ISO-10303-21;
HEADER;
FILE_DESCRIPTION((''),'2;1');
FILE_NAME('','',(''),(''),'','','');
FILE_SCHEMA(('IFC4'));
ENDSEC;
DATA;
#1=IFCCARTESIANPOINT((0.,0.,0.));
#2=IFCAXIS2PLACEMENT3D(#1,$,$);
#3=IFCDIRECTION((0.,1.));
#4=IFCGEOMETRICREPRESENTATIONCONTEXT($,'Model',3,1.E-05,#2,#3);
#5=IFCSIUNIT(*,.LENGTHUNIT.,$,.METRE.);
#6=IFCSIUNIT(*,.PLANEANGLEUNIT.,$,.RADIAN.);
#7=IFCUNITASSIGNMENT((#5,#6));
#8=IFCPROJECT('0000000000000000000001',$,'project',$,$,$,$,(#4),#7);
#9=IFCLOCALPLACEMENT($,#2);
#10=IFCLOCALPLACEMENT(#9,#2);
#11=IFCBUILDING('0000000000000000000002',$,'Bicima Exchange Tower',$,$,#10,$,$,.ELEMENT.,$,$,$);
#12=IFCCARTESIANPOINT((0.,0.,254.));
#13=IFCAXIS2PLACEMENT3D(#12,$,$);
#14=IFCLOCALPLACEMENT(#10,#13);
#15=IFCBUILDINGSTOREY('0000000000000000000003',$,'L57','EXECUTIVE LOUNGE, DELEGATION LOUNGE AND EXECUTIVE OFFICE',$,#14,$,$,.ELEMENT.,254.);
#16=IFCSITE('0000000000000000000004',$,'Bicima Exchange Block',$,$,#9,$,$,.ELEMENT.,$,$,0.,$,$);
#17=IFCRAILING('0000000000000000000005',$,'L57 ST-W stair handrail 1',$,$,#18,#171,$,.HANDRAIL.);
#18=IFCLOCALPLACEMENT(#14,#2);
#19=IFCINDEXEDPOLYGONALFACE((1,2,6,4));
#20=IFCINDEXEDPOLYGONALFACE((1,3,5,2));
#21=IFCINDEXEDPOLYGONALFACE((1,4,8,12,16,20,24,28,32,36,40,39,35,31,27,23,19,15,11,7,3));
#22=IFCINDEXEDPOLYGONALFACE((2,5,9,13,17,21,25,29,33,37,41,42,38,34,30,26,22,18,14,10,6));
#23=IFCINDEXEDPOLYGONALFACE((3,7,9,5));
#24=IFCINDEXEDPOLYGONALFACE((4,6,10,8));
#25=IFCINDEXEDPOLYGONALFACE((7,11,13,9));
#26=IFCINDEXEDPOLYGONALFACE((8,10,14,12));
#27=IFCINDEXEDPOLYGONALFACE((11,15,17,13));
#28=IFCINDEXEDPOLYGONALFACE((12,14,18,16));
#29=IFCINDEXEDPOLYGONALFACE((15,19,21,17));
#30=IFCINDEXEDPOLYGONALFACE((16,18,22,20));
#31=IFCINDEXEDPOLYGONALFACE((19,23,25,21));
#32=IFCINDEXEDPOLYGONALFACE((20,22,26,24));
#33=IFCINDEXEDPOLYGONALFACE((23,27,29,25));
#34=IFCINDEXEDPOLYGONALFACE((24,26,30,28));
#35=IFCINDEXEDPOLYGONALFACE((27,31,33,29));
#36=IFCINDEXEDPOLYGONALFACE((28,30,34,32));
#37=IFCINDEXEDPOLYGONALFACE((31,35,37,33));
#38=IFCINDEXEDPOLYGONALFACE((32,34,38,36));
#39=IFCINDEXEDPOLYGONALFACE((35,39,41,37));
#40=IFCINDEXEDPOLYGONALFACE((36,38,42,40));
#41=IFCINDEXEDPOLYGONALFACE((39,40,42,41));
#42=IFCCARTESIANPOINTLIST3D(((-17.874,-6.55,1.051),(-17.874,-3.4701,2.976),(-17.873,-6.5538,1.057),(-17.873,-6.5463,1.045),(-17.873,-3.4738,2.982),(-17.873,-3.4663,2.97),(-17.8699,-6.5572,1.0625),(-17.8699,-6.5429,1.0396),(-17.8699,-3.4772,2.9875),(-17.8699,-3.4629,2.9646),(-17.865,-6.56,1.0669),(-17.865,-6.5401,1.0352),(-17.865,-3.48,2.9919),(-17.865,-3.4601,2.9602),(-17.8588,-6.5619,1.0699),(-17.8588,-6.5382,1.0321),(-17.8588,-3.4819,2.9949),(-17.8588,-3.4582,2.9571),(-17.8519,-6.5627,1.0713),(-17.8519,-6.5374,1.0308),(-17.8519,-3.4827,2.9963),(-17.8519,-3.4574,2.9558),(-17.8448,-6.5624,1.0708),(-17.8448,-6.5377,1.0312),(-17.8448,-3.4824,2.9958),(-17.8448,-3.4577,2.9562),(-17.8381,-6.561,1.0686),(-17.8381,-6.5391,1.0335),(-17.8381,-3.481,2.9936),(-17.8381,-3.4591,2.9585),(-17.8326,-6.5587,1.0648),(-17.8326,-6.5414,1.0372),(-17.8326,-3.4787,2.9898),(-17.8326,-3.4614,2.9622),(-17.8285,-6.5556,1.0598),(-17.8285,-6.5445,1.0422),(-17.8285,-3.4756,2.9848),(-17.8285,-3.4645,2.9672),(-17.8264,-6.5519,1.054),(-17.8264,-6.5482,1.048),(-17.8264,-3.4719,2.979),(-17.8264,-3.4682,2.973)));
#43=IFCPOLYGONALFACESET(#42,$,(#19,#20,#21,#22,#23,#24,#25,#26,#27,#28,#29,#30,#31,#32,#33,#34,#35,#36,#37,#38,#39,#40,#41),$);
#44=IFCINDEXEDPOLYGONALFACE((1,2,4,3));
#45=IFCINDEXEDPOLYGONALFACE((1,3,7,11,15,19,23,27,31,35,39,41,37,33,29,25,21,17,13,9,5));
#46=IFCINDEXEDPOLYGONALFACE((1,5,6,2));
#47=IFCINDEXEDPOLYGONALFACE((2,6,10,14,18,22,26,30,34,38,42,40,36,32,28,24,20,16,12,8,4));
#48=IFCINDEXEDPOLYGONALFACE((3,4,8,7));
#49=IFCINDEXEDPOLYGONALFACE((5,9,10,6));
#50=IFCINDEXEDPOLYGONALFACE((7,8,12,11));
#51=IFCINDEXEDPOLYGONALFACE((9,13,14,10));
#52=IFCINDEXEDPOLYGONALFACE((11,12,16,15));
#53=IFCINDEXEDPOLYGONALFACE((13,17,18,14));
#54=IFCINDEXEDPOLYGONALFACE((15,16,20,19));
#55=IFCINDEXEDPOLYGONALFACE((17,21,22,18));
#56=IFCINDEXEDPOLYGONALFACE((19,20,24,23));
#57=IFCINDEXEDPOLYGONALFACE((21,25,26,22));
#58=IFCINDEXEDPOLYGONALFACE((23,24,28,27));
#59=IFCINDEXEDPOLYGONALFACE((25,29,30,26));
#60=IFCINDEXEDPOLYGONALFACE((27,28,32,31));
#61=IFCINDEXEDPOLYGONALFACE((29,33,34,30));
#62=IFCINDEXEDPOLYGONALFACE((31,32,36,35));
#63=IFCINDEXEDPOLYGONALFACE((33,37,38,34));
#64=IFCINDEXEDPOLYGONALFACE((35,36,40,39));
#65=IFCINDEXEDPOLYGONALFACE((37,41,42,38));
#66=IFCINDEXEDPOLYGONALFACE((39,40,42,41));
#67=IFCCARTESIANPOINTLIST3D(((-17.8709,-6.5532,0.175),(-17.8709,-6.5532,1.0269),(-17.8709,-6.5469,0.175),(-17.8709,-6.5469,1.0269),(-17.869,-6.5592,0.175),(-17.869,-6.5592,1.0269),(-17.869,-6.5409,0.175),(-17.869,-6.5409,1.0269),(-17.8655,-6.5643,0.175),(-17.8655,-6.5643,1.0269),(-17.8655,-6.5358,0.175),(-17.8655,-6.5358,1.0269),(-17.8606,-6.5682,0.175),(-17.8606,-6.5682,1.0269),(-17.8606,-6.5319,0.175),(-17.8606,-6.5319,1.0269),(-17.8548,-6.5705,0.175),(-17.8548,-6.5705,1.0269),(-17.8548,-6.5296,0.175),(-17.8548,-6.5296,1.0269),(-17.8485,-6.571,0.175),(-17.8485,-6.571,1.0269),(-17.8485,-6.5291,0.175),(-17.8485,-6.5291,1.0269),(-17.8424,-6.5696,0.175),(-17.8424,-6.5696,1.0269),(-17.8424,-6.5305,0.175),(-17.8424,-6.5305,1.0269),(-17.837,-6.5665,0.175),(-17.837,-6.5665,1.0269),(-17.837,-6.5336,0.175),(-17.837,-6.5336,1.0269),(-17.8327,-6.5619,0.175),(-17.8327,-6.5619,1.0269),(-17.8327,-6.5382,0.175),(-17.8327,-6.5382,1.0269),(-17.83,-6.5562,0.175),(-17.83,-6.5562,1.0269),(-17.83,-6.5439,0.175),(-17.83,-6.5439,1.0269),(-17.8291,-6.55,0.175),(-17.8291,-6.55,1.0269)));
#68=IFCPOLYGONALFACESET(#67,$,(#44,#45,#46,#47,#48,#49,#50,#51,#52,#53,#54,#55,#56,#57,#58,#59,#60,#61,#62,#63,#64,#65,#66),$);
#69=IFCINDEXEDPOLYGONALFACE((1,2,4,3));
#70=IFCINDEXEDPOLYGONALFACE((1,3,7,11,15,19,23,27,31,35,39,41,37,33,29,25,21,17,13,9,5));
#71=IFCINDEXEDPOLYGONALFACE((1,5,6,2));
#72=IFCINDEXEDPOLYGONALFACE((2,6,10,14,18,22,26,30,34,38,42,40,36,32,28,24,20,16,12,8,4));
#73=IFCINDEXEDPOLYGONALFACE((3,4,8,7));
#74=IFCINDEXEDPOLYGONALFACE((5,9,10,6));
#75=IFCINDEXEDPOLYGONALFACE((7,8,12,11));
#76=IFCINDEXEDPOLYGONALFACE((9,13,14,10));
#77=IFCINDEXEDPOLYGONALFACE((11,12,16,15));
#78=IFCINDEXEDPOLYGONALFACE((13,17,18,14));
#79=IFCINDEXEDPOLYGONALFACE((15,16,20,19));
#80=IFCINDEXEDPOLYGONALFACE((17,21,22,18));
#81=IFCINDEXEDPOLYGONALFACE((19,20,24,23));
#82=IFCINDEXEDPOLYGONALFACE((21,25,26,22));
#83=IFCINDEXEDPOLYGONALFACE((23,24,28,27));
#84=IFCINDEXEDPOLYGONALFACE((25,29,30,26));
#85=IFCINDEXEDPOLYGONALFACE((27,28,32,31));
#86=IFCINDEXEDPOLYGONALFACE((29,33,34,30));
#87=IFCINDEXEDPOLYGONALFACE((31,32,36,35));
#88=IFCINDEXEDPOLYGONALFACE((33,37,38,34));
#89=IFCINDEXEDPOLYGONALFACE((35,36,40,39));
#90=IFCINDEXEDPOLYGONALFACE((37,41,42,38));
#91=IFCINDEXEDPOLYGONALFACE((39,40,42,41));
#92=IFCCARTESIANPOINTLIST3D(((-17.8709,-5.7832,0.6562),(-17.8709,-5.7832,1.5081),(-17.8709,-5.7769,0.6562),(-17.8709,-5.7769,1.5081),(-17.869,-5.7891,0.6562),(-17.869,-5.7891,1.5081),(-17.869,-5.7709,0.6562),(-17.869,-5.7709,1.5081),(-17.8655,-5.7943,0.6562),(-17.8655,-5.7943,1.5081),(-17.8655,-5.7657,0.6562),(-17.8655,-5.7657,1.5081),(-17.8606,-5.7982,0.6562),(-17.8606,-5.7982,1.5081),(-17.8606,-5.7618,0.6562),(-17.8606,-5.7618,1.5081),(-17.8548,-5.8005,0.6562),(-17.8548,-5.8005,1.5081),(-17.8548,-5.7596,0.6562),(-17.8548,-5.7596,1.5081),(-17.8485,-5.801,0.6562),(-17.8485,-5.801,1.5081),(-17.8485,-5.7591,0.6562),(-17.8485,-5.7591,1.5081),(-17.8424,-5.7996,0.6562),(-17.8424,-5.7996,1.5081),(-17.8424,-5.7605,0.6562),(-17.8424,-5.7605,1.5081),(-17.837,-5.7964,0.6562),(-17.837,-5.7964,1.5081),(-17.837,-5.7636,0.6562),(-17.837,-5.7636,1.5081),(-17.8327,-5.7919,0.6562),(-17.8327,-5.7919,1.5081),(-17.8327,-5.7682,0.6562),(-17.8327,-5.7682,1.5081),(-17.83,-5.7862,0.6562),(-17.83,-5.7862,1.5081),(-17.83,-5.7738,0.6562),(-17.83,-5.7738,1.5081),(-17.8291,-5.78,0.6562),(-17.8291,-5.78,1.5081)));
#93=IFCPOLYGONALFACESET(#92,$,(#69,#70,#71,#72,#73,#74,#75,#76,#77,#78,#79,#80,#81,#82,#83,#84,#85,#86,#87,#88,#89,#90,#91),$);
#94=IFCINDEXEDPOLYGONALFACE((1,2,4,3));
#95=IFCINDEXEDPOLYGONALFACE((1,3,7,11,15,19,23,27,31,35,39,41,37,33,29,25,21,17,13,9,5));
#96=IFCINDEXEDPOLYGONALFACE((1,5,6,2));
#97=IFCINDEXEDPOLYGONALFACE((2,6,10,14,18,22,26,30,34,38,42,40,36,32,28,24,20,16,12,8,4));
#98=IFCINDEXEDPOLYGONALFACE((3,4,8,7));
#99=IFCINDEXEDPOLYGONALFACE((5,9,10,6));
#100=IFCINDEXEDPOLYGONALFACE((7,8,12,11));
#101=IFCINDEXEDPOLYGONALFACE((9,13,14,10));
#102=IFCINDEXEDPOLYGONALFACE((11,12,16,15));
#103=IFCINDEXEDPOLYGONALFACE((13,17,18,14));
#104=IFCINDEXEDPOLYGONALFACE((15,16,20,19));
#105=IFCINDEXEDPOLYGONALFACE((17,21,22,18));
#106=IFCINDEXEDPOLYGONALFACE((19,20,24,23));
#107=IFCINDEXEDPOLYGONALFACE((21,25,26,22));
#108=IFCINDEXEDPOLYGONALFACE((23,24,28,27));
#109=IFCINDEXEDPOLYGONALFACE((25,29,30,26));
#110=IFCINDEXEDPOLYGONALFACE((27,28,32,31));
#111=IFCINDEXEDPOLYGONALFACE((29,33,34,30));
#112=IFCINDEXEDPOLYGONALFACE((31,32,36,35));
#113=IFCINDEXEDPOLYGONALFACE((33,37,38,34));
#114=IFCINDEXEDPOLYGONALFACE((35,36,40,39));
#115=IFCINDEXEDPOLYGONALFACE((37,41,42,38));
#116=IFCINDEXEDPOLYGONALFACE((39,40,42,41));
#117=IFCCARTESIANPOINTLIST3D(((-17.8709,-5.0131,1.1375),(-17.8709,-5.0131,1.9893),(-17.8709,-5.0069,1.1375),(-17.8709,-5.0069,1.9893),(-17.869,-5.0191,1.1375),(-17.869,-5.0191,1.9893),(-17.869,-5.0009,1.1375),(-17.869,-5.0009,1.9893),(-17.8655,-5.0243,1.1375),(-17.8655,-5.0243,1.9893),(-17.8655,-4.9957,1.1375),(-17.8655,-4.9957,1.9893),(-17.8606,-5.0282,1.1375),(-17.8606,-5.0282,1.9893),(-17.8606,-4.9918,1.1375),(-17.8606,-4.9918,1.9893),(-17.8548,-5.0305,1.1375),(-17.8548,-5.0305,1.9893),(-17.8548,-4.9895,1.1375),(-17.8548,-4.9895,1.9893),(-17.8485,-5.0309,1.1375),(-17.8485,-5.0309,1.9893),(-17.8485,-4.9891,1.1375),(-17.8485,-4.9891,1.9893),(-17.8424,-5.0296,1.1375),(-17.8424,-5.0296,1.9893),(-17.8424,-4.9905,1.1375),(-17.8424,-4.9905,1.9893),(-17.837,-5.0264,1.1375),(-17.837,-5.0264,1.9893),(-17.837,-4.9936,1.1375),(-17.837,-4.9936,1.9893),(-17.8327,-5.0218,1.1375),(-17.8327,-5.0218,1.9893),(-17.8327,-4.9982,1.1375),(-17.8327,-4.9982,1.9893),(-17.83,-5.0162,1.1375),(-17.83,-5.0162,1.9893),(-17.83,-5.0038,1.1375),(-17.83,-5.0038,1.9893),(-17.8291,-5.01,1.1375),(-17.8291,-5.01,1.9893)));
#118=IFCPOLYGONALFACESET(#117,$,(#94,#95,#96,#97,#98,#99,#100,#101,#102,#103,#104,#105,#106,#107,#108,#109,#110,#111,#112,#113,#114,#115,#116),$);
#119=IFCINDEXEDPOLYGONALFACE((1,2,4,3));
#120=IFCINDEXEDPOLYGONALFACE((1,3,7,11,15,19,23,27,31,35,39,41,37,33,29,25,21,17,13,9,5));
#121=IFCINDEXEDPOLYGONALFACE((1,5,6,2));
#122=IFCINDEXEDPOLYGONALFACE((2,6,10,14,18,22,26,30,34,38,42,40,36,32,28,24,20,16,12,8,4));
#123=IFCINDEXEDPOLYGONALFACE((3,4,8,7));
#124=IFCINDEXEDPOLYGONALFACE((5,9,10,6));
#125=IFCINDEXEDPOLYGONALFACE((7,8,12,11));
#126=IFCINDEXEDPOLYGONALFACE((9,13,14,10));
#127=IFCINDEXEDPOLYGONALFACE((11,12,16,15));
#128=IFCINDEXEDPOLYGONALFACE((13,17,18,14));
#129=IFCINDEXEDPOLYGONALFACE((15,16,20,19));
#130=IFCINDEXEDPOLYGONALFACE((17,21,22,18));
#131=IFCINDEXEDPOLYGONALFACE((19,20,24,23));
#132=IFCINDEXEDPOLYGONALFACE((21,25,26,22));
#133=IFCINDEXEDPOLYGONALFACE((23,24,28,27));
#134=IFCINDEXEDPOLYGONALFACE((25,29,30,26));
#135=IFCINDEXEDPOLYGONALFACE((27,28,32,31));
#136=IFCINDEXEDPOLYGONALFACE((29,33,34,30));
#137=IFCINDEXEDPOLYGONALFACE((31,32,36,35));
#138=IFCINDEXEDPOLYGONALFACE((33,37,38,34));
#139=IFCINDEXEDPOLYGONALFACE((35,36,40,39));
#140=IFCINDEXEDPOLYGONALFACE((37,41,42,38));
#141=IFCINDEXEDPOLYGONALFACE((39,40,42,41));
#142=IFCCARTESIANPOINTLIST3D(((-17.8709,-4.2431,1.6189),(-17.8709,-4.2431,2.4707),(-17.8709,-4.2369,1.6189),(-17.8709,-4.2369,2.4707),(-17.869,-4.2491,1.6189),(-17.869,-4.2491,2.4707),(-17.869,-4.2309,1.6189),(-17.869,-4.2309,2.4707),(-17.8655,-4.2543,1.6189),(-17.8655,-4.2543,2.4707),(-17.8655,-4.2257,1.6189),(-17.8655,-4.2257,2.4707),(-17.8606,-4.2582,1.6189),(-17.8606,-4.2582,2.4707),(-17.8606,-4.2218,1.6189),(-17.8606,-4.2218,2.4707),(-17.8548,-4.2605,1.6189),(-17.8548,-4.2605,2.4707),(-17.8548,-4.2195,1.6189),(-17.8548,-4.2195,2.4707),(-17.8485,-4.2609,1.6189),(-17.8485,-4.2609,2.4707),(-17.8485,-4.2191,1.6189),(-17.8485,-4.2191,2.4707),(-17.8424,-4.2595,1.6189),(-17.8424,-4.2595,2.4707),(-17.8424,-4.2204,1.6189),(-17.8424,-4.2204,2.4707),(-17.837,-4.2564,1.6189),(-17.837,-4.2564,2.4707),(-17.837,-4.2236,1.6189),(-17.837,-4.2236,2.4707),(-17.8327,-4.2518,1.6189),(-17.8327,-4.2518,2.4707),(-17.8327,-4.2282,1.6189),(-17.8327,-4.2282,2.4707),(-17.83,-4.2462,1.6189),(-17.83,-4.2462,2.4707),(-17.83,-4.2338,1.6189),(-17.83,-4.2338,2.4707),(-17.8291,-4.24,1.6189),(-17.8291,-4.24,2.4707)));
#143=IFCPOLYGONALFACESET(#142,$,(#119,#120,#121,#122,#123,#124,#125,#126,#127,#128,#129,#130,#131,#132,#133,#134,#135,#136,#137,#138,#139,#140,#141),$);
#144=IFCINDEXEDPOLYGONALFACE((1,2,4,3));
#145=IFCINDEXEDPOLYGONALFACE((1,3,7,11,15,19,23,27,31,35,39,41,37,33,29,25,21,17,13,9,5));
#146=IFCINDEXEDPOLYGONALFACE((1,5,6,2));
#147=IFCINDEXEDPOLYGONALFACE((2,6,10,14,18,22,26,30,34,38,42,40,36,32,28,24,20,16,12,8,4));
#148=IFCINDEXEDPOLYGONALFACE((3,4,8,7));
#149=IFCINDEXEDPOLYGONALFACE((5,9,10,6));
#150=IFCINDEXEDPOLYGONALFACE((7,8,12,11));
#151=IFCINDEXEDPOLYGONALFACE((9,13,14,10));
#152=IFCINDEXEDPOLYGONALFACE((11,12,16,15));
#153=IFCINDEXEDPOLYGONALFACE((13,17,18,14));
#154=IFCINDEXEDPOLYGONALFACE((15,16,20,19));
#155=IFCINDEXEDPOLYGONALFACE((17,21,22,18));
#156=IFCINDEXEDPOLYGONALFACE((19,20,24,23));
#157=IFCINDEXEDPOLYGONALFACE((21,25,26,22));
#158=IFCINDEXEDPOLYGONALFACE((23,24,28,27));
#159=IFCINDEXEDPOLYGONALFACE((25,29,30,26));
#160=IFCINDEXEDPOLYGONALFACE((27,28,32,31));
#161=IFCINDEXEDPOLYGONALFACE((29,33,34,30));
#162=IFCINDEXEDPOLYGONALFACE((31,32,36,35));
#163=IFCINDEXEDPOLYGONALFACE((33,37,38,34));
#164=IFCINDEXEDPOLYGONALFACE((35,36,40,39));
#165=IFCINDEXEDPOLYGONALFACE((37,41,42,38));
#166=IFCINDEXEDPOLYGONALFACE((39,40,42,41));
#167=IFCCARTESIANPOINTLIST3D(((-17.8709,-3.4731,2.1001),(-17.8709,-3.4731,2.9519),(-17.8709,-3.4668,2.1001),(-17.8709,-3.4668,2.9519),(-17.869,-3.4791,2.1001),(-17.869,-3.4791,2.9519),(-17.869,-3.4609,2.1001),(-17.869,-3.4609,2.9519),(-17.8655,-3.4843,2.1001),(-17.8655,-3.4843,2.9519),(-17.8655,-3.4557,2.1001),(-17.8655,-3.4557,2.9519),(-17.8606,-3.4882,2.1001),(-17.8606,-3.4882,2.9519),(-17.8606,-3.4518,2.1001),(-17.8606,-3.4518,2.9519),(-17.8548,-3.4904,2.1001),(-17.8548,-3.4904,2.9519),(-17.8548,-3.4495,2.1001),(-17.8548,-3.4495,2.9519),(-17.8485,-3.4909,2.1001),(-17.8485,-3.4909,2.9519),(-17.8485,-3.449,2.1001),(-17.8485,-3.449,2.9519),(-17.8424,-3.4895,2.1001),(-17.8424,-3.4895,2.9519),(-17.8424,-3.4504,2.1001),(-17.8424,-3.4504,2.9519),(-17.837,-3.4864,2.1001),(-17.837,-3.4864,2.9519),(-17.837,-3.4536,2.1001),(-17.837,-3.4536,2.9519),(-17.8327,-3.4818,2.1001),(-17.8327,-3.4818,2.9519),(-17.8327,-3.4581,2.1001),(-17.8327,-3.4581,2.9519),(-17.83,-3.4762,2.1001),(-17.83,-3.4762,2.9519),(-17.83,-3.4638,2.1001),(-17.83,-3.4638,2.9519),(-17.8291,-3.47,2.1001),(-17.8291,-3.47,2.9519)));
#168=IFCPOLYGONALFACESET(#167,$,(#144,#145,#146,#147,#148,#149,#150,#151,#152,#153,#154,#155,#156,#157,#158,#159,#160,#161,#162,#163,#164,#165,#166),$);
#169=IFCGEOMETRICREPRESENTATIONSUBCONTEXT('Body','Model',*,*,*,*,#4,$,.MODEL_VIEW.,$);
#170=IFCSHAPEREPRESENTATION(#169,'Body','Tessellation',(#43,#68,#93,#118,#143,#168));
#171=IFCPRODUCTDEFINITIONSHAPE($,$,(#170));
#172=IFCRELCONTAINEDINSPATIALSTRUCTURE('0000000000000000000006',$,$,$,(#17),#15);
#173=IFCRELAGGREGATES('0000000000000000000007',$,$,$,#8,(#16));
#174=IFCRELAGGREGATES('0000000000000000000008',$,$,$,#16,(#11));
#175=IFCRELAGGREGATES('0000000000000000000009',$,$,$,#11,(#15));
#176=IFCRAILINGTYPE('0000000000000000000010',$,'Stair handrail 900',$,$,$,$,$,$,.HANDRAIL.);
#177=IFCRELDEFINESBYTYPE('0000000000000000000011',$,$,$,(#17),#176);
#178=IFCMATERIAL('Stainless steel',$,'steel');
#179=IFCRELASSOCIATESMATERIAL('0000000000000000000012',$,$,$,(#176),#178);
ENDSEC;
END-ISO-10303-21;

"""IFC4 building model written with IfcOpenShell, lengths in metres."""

from ifc_helpers import new_model, si_unit, direction, frame, origin, origin_2d, place, context, subcontext, project, spatial, circle, extrude, material, type_object, element, save


model = new_model("IFC4")

# Units and contexts
model_context = context("Model", 3, precision=1e-05, world=origin(), true_north=direction((0.0, 1.0)))
body_context = subcontext(model_context, "Body", "Model", "MODEL_VIEW")
ifc_project = project(units=[si_unit("LENGTHUNIT", "METRE"), si_unit("PLANEANGLEUNIT", "RADIAN")], contexts=[model_context])

# Site, building, storey
site_placement = place(None, origin())
site = spatial("IfcSite", under=ifc_project, at=site_placement, Name="Bicima Exchange Block", CompositionType="ELEMENT", RefElevation=0.0)
building_placement = place(site_placement, origin())
building = spatial("IfcBuilding", under=site, at=building_placement, Name="Bicima Exchange Tower", CompositionType="ELEMENT")
storey_placement = place(building_placement, frame((0.0, 0.0, 254.0)))
storey = spatial("IfcBuildingStorey", under=building, at=storey_placement, Name="L57", Description="EXECUTIVE LOUNGE, DELEGATION LOUNGE AND EXECUTIVE OFFICE", CompositionType="ELEMENT", Elevation=254.0)

# Shared definitions
ifc_material_1 = material(Name="Stainless steel", Category="steel")

# Railing
railing_type_1 = type_object("IfcRailingType", Name="Stair handrail 900", PredefinedType="HANDRAIL", material=ifc_material_1)
railing_1_placement = place(storey_placement, frame((-17.8501, -6.55, 0.175)))
element("IfcRailing", 1, at=railing_1_placement, inside=storey, type_object=railing_type_1, Name="L57 ST-W stair handrail 1", PredefinedType="HANDRAIL", context=body_context, shape_type="SweptSolid", body=[
    extrude(circle(Radius=0.0239, at=origin_2d()), frame((0.0, 0.0, 0.876), z_axis=(0.0, 0.847998, 0.529999), x_axis=(-1.0, 0.0, 0.0)), (0.0, 0.0, 1.0), 3.6321),
    extrude(circle(Radius=0.021, at=origin_2d()), origin(), (0.0, 0.0, 1.0), 0.8518),
    extrude(circle(Radius=0.021, at=origin_2d()), frame((0.0, 0.77, 0.4812)), (0.0, 0.0, 1.0), 0.8518),
    extrude(circle(Radius=0.021, at=origin_2d()), frame((0.0, 1.54, 0.9624)), (0.0, 0.0, 1.0), 0.8518),
    extrude(circle(Radius=0.021, at=origin_2d()), frame((0.0, 2.3101, 1.4438)), (0.0, 0.0, 1.0), 0.8518),
    extrude(circle(Radius=0.021, at=origin_2d()), frame((0.0, 3.0801, 1.925)), (0.0, 0.0, 1.0), 0.8518),
])

save(model, "model.ifc")
